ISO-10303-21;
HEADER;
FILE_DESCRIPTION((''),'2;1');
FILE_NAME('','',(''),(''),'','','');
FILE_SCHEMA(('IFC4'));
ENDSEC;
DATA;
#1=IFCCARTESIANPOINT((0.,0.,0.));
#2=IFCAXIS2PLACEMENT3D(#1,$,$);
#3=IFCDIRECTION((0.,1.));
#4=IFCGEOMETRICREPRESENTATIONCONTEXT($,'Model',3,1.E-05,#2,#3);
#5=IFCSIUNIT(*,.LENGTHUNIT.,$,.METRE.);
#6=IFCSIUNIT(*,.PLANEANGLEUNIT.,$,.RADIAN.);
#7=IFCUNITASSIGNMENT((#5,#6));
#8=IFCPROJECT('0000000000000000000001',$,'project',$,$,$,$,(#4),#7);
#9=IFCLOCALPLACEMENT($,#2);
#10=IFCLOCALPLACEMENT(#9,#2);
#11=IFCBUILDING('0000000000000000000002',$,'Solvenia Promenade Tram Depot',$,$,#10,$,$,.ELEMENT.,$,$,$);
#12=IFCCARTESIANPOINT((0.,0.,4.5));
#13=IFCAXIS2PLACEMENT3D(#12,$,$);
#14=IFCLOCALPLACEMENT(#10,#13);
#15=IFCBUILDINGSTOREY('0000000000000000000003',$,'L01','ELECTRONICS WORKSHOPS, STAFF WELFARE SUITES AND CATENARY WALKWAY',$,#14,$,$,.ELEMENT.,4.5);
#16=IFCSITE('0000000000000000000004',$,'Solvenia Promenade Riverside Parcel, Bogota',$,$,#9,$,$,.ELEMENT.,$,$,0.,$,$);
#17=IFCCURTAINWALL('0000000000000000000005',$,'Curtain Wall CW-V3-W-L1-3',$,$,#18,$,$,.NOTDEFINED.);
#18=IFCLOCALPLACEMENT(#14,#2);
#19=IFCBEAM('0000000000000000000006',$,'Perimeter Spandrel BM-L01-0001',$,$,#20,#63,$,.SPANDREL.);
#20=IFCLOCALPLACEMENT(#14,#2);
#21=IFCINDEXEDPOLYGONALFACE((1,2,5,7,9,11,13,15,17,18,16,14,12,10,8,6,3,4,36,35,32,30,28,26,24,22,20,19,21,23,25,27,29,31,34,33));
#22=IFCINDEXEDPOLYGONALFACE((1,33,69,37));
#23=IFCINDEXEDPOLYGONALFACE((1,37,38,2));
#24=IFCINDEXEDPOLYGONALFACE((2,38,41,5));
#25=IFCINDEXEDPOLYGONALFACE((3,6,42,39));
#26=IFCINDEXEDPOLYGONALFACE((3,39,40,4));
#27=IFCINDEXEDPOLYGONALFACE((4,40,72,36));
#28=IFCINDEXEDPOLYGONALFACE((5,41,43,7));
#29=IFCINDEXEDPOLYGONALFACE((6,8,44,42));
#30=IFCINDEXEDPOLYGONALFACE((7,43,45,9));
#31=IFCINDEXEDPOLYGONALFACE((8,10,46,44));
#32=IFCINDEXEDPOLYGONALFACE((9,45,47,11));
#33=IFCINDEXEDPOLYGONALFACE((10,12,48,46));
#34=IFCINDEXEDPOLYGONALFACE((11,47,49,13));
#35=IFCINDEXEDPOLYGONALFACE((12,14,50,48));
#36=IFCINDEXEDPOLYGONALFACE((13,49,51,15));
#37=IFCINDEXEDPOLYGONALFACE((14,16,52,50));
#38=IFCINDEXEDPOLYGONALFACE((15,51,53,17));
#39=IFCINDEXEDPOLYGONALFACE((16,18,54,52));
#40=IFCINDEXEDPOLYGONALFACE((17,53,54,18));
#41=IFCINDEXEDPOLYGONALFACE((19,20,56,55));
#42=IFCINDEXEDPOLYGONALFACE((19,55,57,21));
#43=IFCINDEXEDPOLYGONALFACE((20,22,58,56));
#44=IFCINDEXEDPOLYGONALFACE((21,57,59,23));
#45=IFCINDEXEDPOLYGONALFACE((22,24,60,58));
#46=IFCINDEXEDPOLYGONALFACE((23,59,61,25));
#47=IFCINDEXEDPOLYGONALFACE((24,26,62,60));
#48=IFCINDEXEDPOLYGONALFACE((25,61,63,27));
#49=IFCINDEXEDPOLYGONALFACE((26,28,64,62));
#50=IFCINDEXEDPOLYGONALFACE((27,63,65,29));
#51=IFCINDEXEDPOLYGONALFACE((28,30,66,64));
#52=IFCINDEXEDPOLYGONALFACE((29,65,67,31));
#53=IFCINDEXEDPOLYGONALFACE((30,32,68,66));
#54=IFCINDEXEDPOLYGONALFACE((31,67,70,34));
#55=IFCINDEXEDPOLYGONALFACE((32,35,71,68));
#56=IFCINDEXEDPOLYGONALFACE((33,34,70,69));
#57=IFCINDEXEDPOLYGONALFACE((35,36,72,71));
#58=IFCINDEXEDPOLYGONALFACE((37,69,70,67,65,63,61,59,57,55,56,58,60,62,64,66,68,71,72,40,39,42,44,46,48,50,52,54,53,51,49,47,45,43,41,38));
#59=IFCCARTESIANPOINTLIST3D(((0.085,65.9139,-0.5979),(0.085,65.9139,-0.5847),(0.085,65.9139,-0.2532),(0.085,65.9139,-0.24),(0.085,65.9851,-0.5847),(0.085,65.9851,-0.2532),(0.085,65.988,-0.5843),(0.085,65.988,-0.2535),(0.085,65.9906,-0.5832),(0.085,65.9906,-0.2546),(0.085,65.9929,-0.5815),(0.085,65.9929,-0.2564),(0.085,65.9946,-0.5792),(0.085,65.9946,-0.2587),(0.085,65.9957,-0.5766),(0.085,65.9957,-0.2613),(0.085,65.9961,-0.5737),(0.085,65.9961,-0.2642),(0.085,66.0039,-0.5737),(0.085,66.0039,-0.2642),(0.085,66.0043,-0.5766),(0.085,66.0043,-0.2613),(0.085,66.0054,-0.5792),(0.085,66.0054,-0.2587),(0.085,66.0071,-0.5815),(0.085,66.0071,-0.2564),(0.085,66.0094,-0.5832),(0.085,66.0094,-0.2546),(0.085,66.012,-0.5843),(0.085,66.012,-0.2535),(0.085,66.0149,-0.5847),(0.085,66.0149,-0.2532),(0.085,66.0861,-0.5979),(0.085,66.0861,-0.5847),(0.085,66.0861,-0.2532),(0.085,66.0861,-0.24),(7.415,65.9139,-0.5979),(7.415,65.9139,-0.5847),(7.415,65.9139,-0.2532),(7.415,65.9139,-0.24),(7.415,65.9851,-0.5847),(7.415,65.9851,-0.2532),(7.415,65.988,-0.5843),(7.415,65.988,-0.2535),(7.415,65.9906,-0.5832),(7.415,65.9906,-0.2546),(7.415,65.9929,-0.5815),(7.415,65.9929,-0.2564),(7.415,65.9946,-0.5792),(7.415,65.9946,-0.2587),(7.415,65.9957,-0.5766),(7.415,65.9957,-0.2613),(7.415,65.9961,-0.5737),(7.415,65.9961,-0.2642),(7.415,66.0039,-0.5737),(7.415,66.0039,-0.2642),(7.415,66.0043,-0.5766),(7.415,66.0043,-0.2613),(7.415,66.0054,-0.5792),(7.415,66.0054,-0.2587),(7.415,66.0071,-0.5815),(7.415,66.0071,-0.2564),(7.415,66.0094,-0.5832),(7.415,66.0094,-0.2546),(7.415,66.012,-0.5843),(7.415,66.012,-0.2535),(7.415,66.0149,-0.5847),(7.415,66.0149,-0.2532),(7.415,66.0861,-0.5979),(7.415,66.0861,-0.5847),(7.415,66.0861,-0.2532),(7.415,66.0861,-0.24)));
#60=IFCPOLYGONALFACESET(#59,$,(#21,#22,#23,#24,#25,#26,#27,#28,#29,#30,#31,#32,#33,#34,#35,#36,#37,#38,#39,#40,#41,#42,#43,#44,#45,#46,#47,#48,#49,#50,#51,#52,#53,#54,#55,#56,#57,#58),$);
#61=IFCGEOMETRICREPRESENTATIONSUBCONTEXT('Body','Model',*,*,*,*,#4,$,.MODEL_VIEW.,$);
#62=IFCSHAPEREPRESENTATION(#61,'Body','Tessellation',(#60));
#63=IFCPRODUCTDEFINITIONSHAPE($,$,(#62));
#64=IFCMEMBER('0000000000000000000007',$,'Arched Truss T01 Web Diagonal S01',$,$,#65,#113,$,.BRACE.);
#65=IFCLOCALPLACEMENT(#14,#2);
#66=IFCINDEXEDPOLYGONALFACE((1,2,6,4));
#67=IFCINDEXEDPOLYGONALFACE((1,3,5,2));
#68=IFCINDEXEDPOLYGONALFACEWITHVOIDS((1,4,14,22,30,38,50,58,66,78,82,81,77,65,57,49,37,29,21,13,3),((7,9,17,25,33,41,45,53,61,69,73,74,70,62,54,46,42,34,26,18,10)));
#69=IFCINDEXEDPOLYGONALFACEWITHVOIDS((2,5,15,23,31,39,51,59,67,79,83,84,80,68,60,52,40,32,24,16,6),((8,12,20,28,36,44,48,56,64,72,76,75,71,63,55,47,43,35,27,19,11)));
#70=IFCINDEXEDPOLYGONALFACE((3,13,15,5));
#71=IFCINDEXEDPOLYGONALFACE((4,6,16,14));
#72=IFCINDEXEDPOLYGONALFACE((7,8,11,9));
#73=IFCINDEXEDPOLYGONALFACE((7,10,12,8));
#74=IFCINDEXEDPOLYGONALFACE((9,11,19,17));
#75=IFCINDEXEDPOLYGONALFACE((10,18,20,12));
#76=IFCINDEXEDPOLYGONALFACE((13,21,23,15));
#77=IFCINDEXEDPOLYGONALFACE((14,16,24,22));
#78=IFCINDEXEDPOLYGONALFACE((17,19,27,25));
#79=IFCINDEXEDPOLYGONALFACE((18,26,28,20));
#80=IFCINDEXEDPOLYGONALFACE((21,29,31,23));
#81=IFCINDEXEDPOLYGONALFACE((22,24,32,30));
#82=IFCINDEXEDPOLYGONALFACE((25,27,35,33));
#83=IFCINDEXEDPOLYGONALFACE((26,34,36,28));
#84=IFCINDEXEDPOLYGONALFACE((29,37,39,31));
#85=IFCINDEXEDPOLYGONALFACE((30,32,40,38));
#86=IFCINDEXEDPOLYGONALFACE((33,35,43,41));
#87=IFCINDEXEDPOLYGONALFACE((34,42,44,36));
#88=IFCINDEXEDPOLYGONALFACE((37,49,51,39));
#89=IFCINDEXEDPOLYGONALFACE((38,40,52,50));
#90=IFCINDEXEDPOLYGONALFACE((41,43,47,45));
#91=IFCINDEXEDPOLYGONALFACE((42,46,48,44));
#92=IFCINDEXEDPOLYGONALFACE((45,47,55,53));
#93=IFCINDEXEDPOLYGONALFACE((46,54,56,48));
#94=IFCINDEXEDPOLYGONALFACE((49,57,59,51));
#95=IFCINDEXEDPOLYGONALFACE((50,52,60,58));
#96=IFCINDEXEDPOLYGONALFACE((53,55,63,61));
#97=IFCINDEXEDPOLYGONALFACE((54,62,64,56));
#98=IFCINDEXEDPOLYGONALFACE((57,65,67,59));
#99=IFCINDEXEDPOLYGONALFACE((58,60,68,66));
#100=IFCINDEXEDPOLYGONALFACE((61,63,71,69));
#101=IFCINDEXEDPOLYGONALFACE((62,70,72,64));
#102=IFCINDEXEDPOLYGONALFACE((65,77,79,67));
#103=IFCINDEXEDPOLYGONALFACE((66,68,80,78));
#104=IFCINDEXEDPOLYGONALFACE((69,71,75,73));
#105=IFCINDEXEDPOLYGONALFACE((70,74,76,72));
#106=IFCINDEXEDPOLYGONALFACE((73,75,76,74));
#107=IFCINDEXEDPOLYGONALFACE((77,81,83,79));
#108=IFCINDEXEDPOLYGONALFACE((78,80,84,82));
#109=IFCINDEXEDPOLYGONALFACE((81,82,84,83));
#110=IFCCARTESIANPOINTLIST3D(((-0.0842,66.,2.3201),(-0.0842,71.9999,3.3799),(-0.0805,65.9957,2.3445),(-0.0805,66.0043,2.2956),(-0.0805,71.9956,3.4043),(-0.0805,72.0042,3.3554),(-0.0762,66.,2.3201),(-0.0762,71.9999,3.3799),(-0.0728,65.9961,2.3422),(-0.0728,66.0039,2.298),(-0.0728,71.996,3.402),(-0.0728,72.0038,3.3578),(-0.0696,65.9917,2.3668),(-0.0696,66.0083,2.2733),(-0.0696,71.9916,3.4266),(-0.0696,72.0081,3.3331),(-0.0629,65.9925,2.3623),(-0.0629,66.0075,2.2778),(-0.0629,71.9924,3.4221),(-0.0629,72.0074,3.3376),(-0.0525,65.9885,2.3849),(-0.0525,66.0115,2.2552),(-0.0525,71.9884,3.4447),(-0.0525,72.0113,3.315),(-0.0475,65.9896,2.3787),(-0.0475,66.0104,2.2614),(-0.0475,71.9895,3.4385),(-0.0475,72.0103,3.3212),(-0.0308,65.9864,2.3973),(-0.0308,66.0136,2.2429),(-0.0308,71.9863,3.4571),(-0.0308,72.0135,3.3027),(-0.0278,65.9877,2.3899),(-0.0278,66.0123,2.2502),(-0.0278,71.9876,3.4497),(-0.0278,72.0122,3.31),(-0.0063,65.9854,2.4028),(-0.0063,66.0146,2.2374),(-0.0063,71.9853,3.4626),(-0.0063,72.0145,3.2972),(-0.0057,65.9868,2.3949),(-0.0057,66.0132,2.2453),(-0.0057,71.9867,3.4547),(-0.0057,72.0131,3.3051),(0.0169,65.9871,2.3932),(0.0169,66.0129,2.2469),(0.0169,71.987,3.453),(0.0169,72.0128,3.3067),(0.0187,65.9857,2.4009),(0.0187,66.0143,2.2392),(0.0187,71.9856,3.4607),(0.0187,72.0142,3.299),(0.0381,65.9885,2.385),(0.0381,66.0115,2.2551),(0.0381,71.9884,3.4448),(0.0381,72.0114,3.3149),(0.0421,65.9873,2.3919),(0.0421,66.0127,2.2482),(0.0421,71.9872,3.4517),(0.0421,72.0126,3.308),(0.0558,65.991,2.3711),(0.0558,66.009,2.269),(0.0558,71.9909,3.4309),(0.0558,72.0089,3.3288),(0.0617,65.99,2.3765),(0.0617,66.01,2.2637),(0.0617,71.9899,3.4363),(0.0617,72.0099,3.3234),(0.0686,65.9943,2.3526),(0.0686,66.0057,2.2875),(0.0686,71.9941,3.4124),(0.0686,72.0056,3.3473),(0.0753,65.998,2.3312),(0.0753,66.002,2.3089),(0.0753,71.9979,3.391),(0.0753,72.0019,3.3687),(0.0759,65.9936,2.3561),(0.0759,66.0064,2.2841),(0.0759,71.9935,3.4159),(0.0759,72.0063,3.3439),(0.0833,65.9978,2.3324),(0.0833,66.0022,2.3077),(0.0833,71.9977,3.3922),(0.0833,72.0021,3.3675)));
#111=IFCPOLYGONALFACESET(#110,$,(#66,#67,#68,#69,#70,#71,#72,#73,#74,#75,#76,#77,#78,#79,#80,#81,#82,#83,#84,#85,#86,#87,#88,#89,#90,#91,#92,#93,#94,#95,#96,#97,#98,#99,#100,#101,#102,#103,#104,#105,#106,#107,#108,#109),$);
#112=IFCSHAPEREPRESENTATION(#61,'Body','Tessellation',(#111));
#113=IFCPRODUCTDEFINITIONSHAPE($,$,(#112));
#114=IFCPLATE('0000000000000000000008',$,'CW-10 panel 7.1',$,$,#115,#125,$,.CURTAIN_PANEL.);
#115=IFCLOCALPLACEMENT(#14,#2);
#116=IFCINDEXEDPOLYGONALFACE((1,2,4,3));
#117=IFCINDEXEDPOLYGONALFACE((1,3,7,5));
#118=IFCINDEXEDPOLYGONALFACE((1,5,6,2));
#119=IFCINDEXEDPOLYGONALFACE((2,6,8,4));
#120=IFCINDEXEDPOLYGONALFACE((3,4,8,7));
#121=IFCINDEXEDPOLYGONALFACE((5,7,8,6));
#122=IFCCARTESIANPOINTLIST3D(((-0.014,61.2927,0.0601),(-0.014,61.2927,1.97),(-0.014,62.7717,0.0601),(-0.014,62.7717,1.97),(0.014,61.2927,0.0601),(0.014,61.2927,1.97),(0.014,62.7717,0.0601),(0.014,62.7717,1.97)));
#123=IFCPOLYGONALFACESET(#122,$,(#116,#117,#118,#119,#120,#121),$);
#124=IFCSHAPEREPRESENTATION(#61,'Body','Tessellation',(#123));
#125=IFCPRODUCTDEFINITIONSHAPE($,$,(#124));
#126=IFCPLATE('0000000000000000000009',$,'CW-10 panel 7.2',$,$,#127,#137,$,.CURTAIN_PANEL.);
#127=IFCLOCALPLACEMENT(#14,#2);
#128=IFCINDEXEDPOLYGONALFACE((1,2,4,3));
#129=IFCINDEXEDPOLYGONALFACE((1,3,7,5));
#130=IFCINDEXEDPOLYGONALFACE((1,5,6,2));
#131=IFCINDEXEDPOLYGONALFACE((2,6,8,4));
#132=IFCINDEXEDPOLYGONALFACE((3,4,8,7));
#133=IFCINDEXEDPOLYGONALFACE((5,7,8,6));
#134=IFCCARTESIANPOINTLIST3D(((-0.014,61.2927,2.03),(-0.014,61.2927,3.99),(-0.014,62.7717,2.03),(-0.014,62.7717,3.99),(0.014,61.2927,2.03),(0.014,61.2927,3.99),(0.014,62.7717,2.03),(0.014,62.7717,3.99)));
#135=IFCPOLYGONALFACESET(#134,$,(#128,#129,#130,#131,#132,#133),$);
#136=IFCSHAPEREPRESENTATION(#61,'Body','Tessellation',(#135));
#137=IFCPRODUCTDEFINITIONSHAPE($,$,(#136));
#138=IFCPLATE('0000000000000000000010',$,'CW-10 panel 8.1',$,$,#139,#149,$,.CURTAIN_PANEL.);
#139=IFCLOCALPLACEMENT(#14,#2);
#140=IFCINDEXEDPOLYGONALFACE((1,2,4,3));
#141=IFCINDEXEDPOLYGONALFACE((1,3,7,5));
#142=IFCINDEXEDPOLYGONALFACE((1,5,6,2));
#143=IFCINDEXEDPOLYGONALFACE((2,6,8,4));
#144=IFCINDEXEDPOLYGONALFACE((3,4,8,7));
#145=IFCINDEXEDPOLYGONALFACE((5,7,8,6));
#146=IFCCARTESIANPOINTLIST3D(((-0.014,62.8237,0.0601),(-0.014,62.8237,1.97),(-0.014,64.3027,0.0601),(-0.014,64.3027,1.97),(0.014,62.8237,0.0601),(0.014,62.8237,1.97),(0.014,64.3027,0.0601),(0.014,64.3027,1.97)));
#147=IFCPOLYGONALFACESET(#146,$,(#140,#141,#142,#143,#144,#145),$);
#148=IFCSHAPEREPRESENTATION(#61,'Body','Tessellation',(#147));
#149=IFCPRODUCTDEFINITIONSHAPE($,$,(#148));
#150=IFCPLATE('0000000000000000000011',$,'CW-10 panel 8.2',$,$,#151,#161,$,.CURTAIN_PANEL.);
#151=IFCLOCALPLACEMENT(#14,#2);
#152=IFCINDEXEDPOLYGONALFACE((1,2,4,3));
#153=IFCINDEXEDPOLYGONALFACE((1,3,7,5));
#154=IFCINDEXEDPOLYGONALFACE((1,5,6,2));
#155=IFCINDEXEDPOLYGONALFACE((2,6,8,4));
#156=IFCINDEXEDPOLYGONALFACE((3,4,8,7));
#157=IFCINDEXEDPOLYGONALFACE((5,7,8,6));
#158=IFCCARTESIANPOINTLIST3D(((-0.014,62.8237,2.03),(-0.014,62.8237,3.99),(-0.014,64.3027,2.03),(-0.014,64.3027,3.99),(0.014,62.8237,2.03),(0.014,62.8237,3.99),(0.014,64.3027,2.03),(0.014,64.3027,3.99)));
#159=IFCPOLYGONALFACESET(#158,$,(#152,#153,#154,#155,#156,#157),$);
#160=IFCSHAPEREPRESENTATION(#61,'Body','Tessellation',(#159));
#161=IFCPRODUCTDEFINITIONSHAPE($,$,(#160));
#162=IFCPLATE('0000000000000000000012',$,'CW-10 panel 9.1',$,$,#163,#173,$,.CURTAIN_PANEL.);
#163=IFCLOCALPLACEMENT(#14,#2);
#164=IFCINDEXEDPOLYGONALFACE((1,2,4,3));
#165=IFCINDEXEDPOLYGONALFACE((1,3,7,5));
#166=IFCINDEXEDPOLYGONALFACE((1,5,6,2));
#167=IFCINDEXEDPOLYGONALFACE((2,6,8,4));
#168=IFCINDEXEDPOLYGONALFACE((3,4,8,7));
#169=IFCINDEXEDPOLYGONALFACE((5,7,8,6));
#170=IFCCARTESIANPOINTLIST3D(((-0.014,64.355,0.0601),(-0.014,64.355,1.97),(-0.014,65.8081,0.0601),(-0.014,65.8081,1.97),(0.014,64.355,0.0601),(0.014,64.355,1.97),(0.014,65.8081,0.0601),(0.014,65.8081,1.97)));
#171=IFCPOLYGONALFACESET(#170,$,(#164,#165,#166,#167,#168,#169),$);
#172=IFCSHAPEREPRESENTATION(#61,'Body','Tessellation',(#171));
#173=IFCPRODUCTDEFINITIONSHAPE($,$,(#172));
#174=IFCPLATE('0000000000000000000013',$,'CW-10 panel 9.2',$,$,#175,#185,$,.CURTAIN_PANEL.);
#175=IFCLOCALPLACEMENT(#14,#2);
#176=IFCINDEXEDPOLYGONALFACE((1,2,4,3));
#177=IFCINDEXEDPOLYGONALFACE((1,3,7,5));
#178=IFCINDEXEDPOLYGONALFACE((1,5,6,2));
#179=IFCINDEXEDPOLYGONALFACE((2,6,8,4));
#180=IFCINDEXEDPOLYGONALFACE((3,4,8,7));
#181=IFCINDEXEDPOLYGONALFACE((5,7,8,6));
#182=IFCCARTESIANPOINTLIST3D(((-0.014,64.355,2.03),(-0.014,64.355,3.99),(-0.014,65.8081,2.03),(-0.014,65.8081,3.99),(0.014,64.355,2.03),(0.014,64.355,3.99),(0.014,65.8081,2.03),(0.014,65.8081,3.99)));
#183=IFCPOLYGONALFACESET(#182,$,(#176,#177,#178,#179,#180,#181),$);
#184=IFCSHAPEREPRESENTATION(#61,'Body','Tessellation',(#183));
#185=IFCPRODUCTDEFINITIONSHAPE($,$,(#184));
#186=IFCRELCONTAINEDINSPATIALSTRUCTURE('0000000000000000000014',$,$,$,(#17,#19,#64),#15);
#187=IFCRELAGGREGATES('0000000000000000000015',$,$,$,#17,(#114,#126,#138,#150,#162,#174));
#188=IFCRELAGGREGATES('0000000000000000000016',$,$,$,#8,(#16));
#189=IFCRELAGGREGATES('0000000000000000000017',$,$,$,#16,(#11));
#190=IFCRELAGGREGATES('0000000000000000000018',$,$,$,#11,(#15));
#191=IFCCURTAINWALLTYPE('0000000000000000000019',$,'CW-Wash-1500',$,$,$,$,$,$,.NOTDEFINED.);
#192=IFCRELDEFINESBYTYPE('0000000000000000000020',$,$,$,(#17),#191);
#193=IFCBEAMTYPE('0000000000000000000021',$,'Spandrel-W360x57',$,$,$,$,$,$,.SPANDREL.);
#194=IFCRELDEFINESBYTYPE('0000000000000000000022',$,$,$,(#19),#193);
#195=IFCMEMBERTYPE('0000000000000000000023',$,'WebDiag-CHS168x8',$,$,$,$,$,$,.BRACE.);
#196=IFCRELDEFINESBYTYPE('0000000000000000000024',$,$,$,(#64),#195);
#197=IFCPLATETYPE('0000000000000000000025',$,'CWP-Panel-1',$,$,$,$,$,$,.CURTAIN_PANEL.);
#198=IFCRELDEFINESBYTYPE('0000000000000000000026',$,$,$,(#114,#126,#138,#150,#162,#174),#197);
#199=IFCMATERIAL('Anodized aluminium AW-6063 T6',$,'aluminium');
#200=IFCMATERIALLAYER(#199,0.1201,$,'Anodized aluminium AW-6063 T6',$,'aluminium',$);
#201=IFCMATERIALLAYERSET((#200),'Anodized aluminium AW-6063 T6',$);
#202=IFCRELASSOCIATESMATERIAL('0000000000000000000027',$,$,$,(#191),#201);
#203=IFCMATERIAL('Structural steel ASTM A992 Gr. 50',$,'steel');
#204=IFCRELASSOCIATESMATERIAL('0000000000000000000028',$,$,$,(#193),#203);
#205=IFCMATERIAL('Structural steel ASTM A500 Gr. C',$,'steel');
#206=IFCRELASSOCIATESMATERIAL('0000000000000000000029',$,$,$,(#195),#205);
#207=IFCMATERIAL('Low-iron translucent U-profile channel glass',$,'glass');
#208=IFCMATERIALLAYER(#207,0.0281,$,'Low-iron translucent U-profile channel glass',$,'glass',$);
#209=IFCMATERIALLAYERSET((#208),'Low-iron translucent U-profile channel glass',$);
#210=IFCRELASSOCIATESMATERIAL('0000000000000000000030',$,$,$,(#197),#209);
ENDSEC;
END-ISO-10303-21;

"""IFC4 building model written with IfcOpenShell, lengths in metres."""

from ifc_helpers import new_model, si_unit, direction, frame, origin, origin_2d, place, context, subcontext, project, spatial, rectangle, hollow_circle, i_section, extrude, material, layer, layer_set, material_profile, profile_set, type_object, element, aggregate, save


model = new_model("IFC4")

# Units and contexts
model_context = context("Model", 3, precision=1e-05, world=origin(), true_north=direction((0.0, 1.0)))
body_context = subcontext(model_context, "Body", "Model", "MODEL_VIEW")
ifc_project = project(units=[si_unit("LENGTHUNIT", "METRE"), si_unit("PLANEANGLEUNIT", "RADIAN")], contexts=[model_context])

# Site, building, storey
site_placement = place(None, origin())
site = spatial("IfcSite", under=ifc_project, at=site_placement, Name="Solvenia Promenade Riverside Parcel, Bogota", CompositionType="ELEMENT", RefElevation=0.0)
building_placement = place(site_placement, origin())
building = spatial("IfcBuilding", under=site, at=building_placement, Name="Solvenia Promenade Tram Depot", CompositionType="ELEMENT")
storey_placement = place(building_placement, frame((0.0, 0.0, 4.5)))
storey = spatial("IfcBuildingStorey", under=building, at=storey_placement, Name="L01", Description="ELECTRONICS WORKSHOPS, STAFF WELFARE SUITES AND CATENARY WALKWAY", CompositionType="ELEMENT", Elevation=4.5)

# Shared definitions
ifc_material_1 = material(Name="Structural steel ASTM A992 Gr. 50", Category="steel")

# Curtain wall
ifc_material_2 = material(Name="Anodized aluminium AW-6063 T6", Category="aluminium")
ifc_layer_1 = layer(ifc_material_2, 0.1201, Name="Anodized aluminium AW-6063 T6", Category="aluminium")
ifc_layer_set_1 = layer_set([ifc_layer_1], Name="Anodized aluminium AW-6063 T6")
curtain_wall_type = type_object("IfcCurtainWallType", Name="CW-Wash-1500", PredefinedType="NOTDEFINED", material=ifc_layer_set_1)
curtain_wall_placement = place(storey_placement, origin())
curtain_wall = element("IfcCurtainWall", 1, at=curtain_wall_placement, inside=storey, type_object=curtain_wall_type, Name="Curtain Wall CW-V3-W-L1-3", PredefinedType="NOTDEFINED")

# Shared definitions
ifc_material_3 = material(Name="Structural steel ASTM A500 Gr. C", Category="steel")

# Beam
ifc_material_profile_1 = material_profile(ifc_material_1, i_section(OverallWidth=0.1721, OverallDepth=0.3579, WebThickness=0.0078, FlangeThickness=0.0132, FilletRadius=0.011, at=origin_2d()), Name="W360x57", Category="steel")
ifc_profile_set_1 = profile_set([ifc_material_profile_1], Name="Structural steel ASTM A992 Gr. 50")
beam_type_1 = type_object("IfcBeamType", Name="Spandrel-W360x57", PredefinedType="SPANDREL", material=ifc_profile_set_1)
beam_1_placement = place(storey_placement, frame((0.085, 66.0, -0.4189), z_axis=(1.0, 0.0, 0.0), x_axis=(0.0, 1.0, 0.0)))
element("IfcBeam", 2, at=beam_1_placement, inside=storey, type_object=beam_type_1, Name="Perimeter Spandrel BM-L01-0001", PredefinedType="SPANDREL", context=body_context, shape_type="SweptSolid", body=[
    extrude(i_section(OverallWidth=0.1721, OverallDepth=0.3579, WebThickness=0.0078, FlangeThickness=0.0132, FilletRadius=0.011, at=origin_2d()), origin(), (0.0, 0.0, 1.0), 7.3301),
])

# Member
ifc_material_profile_2 = material_profile(ifc_material_3, hollow_circle(Radius=0.0842, WallThickness=0.0081, at=origin_2d()), Name="CHS168.3x8", Category="steel")
ifc_profile_set_2 = profile_set([ifc_material_profile_2], Name="Structural steel ASTM A500 Gr. C")
member_type_1 = type_object("IfcMemberType", Name="WebDiag-CHS168x8", PredefinedType="BRACE", material=ifc_profile_set_2)
member_1_placement = place(storey_placement, frame((0.0, 66.0, 2.3201), z_axis=(0.0, 0.984756, 0.173943), x_axis=(-1.0, 0.0, 0.0)))
element("IfcMember", 3, at=member_1_placement, inside=storey, type_object=member_type_1, Name="Arched Truss T01 Web Diagonal S01", PredefinedType="BRACE", context=body_context, shape_type="SweptSolid", body=[
    extrude(hollow_circle(Radius=0.0842, WallThickness=0.0081, at=origin_2d()), origin(), (0.0, 0.0, 1.0), 6.0928),
])

# Plates
ifc_material_4 = material(Name="Low-iron translucent U-profile channel glass", Category="glass")
ifc_layer_2 = layer(ifc_material_4, 0.0281, Name="Low-iron translucent U-profile channel glass", Category="glass")
ifc_layer_set_2 = layer_set([ifc_layer_2], Name="Low-iron translucent U-profile channel glass")
plate_type_1 = type_object("IfcPlateType", Name="CWP-Panel-1", PredefinedType="CURTAIN_PANEL", material=ifc_layer_set_2)
plate_1_placement = place(storey_placement, frame((0.0, 62.0322, 0.0601), z_axis=(0.0, 0.0, 1.0), x_axis=(0.0, 1.0, 0.0)))
plate_1 = element("IfcPlate", 4, at=plate_1_placement, type_object=plate_type_1, Name="CW-10 panel 7.1", PredefinedType="CURTAIN_PANEL", context=body_context, shape_type="SweptSolid", body=[
    extrude(rectangle(XDim=1.479, YDim=0.0281, at=origin_2d()), origin(), (0.0, 0.0, 1.0), 1.9099),
])
plate_2_placement = place(storey_placement, frame((0.0, 62.0322, 2.03), z_axis=(0.0, 0.0, 1.0), x_axis=(0.0, 1.0, 0.0)))
plate_2 = element("IfcPlate", 5, at=plate_2_placement, type_object=plate_type_1, Name="CW-10 panel 7.2", PredefinedType="CURTAIN_PANEL", context=body_context, shape_type="SweptSolid", body=[
    extrude(rectangle(XDim=1.479, YDim=0.0281, at=origin_2d()), origin(), (0.0, 0.0, 1.0), 1.96),
])
plate_3_placement = place(storey_placement, frame((0.0, 63.5632, 0.0601), z_axis=(0.0, 0.0, 1.0), x_axis=(0.0, 1.0, 0.0)))
plate_3 = element("IfcPlate", 6, at=plate_3_placement, type_object=plate_type_1, Name="CW-10 panel 8.1", PredefinedType="CURTAIN_PANEL", context=body_context, shape_type="SweptSolid", body=[
    extrude(rectangle(XDim=1.479, YDim=0.0281, at=origin_2d()), origin(), (0.0, 0.0, 1.0), 1.9099),
])
plate_4_placement = place(storey_placement, frame((0.0, 63.5632, 2.03), z_axis=(0.0, 0.0, 1.0), x_axis=(0.0, 1.0, 0.0)))
plate_4 = element("IfcPlate", 7, at=plate_4_placement, type_object=plate_type_1, Name="CW-10 panel 8.2", PredefinedType="CURTAIN_PANEL", context=body_context, shape_type="SweptSolid", body=[
    extrude(rectangle(XDim=1.479, YDim=0.0281, at=origin_2d()), origin(), (0.0, 0.0, 1.0), 1.96),
])
plate_5_placement = place(storey_placement, frame((0.0, 65.0815, 0.0601), z_axis=(0.0, 0.0, 1.0), x_axis=(0.0, 1.0, 0.0)))
plate_5 = element("IfcPlate", 8, at=plate_5_placement, type_object=plate_type_1, Name="CW-10 panel 9.1", PredefinedType="CURTAIN_PANEL", context=body_context, shape_type="SweptSolid", body=[
    extrude(rectangle(XDim=1.4531, YDim=0.0281, at=origin_2d()), origin(), (0.0, 0.0, 1.0), 1.9099),
])
plate_6_placement = place(storey_placement, frame((0.0, 65.0815, 2.03), z_axis=(0.0, 0.0, 1.0), x_axis=(0.0, 1.0, 0.0)))
plate_6 = element("IfcPlate", 9, at=plate_6_placement, type_object=plate_type_1, Name="CW-10 panel 9.2", PredefinedType="CURTAIN_PANEL", context=body_context, shape_type="SweptSolid", body=[
    extrude(rectangle(XDim=1.4531, YDim=0.0281, at=origin_2d()), origin(), (0.0, 0.0, 1.0), 1.96),
])
aggregate(curtain_wall, [plate_1, plate_2, plate_3, plate_4, plate_5, plate_6])

save(model, "model.ifc")
